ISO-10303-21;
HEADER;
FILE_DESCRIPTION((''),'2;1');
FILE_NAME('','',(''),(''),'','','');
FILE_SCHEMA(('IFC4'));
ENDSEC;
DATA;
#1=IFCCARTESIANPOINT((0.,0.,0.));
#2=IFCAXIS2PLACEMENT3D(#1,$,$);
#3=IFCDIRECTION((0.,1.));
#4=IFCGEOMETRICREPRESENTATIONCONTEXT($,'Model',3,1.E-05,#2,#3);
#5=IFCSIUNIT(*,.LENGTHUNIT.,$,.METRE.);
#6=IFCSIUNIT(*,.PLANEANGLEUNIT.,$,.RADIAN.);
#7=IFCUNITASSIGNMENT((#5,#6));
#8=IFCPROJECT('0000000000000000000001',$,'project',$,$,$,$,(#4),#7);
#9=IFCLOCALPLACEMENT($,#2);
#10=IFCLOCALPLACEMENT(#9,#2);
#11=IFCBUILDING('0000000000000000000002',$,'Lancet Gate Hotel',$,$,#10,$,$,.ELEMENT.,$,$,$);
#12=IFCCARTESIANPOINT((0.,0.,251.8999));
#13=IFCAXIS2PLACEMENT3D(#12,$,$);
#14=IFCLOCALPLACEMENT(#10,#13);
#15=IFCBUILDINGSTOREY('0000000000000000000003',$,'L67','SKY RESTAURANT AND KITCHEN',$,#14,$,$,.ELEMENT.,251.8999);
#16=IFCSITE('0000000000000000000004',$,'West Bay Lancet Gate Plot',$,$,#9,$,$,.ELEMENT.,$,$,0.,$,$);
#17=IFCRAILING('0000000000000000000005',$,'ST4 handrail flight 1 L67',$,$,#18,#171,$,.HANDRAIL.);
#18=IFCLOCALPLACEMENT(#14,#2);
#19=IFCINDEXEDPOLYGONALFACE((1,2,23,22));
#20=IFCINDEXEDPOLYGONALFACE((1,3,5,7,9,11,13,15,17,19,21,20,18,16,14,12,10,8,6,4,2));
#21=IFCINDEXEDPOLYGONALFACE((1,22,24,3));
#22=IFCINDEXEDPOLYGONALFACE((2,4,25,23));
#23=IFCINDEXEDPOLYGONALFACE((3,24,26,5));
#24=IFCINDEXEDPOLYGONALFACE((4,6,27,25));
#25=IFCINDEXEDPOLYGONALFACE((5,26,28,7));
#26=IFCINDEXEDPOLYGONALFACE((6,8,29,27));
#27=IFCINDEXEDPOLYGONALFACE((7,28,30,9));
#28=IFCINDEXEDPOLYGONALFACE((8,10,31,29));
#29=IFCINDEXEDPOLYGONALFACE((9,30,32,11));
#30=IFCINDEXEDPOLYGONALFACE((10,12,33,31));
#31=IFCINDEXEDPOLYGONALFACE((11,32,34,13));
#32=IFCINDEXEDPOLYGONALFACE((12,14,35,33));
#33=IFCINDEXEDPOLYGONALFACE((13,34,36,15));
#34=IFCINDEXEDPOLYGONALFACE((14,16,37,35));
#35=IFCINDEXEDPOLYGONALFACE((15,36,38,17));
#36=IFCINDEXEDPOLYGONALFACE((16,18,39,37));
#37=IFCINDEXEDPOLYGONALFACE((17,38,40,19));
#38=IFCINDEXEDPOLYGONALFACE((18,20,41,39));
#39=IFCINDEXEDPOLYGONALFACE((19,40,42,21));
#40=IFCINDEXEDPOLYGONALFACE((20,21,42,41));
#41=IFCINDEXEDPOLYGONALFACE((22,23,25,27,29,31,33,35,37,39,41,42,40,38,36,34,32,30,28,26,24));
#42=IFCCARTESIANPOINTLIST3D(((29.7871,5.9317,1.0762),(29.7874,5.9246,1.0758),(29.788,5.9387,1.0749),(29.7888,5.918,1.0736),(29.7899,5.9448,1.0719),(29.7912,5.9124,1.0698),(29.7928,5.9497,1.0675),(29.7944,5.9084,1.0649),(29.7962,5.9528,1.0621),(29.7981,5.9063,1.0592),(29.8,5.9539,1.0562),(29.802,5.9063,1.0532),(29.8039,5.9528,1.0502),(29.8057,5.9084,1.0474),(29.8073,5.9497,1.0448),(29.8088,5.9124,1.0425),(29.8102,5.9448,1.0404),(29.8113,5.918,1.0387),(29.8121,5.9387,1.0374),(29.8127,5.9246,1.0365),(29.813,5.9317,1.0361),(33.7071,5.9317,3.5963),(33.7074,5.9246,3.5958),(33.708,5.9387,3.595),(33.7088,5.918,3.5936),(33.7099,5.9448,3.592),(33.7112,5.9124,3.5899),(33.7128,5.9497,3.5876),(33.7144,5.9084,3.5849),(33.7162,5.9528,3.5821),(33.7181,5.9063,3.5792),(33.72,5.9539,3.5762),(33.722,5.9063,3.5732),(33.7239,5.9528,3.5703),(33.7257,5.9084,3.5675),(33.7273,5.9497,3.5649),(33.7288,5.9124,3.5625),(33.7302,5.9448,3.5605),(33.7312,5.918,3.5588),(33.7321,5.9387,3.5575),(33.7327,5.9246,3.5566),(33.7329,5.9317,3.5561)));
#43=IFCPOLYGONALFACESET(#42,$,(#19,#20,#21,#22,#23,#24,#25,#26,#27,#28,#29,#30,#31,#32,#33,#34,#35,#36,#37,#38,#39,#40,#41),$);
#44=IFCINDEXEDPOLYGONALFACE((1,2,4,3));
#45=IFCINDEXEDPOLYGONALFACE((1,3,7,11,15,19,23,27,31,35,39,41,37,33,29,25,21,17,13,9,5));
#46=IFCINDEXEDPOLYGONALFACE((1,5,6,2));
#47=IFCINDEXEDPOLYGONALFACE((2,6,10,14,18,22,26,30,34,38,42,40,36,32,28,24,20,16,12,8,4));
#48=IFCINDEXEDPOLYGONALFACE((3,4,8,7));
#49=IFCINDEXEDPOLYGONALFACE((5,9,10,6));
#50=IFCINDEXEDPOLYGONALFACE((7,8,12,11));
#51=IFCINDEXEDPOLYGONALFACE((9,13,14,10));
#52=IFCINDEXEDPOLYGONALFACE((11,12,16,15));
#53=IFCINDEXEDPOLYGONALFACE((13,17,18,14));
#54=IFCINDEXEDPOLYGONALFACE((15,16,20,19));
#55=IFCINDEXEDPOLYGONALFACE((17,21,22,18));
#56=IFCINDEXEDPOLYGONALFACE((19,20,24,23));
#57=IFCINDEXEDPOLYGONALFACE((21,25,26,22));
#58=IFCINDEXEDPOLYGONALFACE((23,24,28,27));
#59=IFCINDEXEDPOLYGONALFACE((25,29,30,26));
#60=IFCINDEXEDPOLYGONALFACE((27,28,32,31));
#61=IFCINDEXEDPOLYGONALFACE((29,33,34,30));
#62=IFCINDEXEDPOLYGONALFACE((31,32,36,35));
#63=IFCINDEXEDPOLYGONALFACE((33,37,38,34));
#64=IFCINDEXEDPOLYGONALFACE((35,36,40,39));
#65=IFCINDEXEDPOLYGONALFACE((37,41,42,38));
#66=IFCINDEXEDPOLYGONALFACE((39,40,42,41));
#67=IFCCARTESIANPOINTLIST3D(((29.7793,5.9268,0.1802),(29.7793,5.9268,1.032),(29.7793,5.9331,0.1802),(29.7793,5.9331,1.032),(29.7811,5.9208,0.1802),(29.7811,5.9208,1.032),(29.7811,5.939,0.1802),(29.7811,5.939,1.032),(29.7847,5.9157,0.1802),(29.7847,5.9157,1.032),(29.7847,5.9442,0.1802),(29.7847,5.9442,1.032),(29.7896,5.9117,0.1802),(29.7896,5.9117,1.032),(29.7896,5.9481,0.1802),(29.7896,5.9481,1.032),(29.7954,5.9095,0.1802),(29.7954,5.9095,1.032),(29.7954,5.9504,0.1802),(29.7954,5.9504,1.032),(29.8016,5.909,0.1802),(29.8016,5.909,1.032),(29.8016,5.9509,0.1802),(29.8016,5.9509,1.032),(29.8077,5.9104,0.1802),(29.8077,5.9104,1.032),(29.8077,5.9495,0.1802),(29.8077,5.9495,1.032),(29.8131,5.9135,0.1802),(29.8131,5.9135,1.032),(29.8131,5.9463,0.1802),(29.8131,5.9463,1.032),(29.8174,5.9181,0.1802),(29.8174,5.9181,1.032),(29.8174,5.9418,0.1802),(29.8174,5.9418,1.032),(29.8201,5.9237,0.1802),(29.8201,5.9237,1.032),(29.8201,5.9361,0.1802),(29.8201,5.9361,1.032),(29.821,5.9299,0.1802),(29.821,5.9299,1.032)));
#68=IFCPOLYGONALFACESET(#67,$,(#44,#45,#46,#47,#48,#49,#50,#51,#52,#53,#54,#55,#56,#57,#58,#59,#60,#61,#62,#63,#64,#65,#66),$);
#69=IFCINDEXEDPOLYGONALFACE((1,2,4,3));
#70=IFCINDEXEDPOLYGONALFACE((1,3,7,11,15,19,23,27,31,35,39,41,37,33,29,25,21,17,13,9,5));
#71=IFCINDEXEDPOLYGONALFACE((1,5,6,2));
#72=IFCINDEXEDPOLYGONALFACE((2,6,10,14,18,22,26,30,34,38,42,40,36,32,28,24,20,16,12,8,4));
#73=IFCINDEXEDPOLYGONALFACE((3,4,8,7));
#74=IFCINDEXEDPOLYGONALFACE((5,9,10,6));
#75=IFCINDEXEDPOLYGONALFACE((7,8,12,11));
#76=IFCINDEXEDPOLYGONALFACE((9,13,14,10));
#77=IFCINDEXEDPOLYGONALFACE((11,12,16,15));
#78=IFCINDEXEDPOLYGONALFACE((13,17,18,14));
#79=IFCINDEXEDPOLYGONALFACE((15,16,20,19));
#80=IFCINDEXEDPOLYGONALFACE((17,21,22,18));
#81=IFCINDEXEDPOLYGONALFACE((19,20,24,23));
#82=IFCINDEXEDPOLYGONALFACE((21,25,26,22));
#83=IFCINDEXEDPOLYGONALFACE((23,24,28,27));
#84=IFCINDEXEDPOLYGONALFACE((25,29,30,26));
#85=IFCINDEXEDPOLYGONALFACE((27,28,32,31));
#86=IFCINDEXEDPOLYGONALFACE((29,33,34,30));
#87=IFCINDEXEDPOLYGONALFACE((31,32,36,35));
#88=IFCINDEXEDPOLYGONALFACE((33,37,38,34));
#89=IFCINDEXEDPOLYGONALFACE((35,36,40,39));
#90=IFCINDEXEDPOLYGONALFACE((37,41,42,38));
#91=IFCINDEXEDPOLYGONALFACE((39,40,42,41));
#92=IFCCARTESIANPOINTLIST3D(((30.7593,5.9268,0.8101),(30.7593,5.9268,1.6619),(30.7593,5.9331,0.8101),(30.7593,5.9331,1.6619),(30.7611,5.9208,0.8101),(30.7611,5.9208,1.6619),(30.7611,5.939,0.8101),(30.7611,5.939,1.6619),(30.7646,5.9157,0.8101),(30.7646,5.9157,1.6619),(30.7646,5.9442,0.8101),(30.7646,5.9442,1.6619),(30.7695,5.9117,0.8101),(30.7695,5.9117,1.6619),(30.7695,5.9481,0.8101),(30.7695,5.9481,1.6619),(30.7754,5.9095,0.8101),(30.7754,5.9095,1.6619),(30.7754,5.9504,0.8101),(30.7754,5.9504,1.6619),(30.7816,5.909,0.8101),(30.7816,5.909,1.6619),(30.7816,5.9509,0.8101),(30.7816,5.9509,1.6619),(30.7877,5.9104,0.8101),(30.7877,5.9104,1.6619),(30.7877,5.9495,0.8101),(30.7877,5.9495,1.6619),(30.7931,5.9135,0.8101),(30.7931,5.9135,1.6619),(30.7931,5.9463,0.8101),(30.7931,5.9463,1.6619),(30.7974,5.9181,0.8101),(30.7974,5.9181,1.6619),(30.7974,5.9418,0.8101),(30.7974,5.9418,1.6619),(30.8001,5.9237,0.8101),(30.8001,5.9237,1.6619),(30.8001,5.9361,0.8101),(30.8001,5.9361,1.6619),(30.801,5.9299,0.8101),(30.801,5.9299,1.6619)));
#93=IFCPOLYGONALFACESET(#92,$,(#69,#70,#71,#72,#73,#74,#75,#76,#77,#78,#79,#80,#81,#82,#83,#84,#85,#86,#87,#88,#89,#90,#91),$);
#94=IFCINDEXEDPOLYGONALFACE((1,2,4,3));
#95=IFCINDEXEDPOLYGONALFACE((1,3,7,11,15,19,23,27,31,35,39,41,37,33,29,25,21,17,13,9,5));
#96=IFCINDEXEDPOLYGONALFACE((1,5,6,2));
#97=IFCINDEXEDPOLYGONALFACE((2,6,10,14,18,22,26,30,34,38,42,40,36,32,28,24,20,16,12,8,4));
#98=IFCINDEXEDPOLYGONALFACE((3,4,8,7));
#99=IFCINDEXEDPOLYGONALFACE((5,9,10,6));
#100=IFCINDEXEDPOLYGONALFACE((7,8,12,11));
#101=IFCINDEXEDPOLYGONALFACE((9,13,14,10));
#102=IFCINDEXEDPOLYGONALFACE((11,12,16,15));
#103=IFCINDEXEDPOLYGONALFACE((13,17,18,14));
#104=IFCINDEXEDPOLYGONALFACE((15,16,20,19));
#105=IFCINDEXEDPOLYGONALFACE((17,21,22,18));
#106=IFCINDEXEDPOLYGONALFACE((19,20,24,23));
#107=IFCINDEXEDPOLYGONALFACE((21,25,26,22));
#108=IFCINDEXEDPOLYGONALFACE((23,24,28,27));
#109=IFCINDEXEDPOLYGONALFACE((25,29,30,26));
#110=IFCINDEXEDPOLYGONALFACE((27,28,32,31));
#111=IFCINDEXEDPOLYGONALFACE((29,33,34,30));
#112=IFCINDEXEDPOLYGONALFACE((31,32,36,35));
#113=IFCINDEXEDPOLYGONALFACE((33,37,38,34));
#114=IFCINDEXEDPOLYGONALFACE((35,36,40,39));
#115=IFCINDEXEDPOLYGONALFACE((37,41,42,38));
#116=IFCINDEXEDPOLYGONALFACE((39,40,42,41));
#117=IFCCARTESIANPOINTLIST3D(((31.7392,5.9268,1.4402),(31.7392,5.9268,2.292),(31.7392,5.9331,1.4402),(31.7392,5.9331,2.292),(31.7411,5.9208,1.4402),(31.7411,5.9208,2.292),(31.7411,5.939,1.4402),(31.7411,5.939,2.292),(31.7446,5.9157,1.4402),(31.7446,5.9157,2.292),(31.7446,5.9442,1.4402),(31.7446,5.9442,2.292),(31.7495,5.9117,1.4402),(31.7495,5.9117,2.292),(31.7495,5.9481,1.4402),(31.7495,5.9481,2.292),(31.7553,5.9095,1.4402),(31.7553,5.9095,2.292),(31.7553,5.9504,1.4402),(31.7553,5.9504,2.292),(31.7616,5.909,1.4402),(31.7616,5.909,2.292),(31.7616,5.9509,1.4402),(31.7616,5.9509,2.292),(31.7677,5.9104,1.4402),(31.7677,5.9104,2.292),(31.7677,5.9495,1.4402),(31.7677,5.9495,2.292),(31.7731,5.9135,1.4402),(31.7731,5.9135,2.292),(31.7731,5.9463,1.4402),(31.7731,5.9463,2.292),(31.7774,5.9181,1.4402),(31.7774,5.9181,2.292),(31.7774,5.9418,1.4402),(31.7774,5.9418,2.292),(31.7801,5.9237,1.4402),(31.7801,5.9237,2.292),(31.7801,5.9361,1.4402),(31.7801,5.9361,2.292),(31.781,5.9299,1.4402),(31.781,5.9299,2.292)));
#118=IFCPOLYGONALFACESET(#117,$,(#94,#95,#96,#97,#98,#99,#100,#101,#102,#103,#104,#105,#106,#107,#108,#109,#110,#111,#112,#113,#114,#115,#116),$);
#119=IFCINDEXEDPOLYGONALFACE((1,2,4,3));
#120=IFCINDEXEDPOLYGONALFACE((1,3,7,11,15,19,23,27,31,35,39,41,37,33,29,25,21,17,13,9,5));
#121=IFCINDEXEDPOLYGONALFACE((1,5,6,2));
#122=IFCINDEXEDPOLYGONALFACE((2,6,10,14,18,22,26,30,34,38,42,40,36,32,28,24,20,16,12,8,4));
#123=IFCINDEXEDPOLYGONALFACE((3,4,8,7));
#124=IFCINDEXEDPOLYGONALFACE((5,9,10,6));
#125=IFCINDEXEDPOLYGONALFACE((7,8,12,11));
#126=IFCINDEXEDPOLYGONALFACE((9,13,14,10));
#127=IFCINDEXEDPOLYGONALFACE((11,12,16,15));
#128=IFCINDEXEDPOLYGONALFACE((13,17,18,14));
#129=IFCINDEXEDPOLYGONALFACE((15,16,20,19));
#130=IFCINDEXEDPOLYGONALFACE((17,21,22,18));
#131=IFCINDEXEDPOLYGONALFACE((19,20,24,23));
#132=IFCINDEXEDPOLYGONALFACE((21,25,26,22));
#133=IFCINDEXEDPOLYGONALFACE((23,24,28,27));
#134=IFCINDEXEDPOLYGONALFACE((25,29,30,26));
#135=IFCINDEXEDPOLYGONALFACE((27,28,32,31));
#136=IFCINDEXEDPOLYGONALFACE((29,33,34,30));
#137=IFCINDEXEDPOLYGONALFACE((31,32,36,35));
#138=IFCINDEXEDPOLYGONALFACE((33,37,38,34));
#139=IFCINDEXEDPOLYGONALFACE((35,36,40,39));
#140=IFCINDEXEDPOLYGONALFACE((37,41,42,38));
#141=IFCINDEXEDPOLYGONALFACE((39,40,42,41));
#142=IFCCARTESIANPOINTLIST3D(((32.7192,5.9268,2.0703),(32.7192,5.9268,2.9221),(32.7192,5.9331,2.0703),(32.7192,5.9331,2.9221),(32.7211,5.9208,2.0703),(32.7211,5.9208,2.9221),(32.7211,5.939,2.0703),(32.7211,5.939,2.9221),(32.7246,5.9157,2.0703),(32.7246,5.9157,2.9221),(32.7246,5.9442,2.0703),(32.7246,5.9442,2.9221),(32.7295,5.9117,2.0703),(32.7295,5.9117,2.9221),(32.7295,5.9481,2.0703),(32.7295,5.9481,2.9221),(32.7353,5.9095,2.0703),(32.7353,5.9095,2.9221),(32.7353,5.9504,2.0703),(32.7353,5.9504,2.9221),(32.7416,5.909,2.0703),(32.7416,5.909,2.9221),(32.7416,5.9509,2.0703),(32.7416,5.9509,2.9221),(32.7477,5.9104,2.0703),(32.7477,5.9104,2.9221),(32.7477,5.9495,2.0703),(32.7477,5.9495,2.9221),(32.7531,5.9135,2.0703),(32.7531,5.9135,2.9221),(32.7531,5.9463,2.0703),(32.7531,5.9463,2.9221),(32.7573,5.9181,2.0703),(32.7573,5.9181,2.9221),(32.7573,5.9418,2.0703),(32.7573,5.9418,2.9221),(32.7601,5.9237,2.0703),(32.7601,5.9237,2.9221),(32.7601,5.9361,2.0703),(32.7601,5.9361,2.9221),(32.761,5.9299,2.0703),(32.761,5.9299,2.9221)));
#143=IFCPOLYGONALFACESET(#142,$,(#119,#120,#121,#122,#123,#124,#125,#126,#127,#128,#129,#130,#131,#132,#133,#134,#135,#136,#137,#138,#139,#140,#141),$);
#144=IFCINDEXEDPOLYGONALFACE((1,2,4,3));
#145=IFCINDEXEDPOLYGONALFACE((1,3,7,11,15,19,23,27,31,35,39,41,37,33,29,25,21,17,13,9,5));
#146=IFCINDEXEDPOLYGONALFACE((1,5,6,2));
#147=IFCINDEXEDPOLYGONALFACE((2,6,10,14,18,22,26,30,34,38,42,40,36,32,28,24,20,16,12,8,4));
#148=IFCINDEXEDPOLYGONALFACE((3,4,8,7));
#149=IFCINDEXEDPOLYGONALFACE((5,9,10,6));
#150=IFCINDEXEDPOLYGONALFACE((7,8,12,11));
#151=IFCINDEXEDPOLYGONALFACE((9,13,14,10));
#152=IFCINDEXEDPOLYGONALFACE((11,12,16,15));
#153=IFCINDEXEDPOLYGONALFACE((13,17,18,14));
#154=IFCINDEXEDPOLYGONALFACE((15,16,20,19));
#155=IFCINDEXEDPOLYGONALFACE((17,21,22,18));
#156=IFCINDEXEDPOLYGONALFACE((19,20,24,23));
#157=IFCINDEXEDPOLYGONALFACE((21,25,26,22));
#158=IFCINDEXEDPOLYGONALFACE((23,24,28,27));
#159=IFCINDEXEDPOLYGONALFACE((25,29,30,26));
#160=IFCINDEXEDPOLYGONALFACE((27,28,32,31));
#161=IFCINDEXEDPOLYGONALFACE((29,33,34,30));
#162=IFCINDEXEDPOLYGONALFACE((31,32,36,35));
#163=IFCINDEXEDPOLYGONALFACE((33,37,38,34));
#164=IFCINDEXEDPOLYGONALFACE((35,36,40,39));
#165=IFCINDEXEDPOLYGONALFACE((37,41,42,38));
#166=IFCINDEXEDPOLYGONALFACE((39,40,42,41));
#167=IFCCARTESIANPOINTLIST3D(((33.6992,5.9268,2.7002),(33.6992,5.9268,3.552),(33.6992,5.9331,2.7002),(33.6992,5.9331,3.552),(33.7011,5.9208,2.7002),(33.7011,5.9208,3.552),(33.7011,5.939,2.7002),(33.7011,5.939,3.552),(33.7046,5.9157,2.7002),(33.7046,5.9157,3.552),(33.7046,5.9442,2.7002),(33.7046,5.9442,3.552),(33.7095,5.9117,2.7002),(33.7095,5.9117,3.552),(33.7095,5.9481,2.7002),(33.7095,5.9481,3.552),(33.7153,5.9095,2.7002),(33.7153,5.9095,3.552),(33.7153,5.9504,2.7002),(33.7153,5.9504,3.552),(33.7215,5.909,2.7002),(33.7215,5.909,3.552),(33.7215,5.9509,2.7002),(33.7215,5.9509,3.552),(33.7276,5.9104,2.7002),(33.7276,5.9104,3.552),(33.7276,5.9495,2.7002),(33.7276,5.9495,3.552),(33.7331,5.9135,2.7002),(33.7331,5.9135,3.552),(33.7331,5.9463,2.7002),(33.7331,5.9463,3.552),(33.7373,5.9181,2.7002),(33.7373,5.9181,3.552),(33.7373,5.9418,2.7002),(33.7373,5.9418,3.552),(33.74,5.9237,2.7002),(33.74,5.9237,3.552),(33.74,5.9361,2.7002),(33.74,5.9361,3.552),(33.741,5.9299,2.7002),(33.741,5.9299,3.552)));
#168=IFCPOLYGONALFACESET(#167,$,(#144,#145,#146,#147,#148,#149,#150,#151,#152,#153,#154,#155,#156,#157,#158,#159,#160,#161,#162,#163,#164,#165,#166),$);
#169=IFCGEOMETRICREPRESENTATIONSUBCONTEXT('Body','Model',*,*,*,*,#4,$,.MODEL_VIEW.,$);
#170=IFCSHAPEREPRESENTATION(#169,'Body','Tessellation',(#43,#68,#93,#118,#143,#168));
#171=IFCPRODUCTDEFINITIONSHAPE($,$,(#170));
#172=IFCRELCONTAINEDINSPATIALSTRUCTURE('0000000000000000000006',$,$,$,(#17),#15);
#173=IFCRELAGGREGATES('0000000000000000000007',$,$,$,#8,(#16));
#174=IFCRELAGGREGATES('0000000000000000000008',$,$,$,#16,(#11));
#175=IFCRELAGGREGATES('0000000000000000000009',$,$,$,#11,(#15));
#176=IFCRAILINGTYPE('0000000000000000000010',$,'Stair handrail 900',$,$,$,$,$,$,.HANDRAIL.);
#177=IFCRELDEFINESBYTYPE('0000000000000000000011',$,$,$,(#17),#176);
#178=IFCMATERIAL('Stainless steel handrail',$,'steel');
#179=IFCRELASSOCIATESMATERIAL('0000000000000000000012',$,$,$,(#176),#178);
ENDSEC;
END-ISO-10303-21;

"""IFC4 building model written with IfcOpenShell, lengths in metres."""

from ifc_helpers import new_model, si_unit, direction, frame, origin, origin_2d, place, context, subcontext, project, spatial, circle, extrude, material, type_object, element, save


model = new_model("IFC4")

# Units and contexts
model_context = context("Model", 3, precision=1e-05, world=origin(), true_north=direction((0.0, 1.0)))
body_context = subcontext(model_context, "Body", "Model", "MODEL_VIEW")
ifc_project = project(units=[si_unit("LENGTHUNIT", "METRE"), si_unit("PLANEANGLEUNIT", "RADIAN")], contexts=[model_context])

# Site, building, storey
site_placement = place(None, origin())
site = spatial("IfcSite", under=ifc_project, at=site_placement, Name="West Bay Lancet Gate Plot", CompositionType="ELEMENT", RefElevation=0.0)
building_placement = place(site_placement, origin())
building = spatial("IfcBuilding", under=site, at=building_placement, Name="Lancet Gate Hotel", CompositionType="ELEMENT")
storey_placement = place(building_placement, frame((0.0, 0.0, 251.8999)))
storey = spatial("IfcBuildingStorey", under=building, at=storey_placement, Name="L67", Description="SKY RESTAURANT AND KITCHEN", CompositionType="ELEMENT", Elevation=251.8999)

# Railing
ifc_material_1 = material(Name="Stainless steel handrail", Category="steel")
railing_type = type_object("IfcRailingType", Name="Stair handrail 900", PredefinedType="HANDRAIL", material=ifc_material_1)
railing_1_placement = place(storey_placement, frame((29.8, 5.9299, 0.1802)))
element("IfcRailing", 1, at=railing_1_placement, inside=storey, type_object=railing_type, Name="ST4 handrail flight 1 L67", PredefinedType="HANDRAIL", context=body_context, shape_type="SweptSolid", body=[
    extrude(circle(Radius=0.0239, at=origin_2d()), frame((0.0, 0.0, 0.876), z_axis=(0.841172, 0.0, 0.540768), x_axis=(0.0, 1.0, 0.0)), (0.0, 0.0, 1.0), 4.6602),
    extrude(circle(Radius=0.021, at=origin_2d()), origin(), (0.0, 0.0, 1.0), 0.8518),
    extrude(circle(Radius=0.021, at=origin_2d()), frame((0.98, 0.0, 0.6299)), (0.0, 0.0, 1.0), 0.8518),
    extrude(circle(Radius=0.021, at=origin_2d()), frame((1.96, 0.0, 1.26)), (0.0, 0.0, 1.0), 0.8518),
    extrude(circle(Radius=0.021, at=origin_2d()), frame((2.9399, 0.0, 1.8901)), (0.0, 0.0, 1.0), 0.8518),
    extrude(circle(Radius=0.021, at=origin_2d()), frame((3.9199, 0.0, 2.52)), (0.0, 0.0, 1.0), 0.8518),
])

save(model, "model.ifc")
